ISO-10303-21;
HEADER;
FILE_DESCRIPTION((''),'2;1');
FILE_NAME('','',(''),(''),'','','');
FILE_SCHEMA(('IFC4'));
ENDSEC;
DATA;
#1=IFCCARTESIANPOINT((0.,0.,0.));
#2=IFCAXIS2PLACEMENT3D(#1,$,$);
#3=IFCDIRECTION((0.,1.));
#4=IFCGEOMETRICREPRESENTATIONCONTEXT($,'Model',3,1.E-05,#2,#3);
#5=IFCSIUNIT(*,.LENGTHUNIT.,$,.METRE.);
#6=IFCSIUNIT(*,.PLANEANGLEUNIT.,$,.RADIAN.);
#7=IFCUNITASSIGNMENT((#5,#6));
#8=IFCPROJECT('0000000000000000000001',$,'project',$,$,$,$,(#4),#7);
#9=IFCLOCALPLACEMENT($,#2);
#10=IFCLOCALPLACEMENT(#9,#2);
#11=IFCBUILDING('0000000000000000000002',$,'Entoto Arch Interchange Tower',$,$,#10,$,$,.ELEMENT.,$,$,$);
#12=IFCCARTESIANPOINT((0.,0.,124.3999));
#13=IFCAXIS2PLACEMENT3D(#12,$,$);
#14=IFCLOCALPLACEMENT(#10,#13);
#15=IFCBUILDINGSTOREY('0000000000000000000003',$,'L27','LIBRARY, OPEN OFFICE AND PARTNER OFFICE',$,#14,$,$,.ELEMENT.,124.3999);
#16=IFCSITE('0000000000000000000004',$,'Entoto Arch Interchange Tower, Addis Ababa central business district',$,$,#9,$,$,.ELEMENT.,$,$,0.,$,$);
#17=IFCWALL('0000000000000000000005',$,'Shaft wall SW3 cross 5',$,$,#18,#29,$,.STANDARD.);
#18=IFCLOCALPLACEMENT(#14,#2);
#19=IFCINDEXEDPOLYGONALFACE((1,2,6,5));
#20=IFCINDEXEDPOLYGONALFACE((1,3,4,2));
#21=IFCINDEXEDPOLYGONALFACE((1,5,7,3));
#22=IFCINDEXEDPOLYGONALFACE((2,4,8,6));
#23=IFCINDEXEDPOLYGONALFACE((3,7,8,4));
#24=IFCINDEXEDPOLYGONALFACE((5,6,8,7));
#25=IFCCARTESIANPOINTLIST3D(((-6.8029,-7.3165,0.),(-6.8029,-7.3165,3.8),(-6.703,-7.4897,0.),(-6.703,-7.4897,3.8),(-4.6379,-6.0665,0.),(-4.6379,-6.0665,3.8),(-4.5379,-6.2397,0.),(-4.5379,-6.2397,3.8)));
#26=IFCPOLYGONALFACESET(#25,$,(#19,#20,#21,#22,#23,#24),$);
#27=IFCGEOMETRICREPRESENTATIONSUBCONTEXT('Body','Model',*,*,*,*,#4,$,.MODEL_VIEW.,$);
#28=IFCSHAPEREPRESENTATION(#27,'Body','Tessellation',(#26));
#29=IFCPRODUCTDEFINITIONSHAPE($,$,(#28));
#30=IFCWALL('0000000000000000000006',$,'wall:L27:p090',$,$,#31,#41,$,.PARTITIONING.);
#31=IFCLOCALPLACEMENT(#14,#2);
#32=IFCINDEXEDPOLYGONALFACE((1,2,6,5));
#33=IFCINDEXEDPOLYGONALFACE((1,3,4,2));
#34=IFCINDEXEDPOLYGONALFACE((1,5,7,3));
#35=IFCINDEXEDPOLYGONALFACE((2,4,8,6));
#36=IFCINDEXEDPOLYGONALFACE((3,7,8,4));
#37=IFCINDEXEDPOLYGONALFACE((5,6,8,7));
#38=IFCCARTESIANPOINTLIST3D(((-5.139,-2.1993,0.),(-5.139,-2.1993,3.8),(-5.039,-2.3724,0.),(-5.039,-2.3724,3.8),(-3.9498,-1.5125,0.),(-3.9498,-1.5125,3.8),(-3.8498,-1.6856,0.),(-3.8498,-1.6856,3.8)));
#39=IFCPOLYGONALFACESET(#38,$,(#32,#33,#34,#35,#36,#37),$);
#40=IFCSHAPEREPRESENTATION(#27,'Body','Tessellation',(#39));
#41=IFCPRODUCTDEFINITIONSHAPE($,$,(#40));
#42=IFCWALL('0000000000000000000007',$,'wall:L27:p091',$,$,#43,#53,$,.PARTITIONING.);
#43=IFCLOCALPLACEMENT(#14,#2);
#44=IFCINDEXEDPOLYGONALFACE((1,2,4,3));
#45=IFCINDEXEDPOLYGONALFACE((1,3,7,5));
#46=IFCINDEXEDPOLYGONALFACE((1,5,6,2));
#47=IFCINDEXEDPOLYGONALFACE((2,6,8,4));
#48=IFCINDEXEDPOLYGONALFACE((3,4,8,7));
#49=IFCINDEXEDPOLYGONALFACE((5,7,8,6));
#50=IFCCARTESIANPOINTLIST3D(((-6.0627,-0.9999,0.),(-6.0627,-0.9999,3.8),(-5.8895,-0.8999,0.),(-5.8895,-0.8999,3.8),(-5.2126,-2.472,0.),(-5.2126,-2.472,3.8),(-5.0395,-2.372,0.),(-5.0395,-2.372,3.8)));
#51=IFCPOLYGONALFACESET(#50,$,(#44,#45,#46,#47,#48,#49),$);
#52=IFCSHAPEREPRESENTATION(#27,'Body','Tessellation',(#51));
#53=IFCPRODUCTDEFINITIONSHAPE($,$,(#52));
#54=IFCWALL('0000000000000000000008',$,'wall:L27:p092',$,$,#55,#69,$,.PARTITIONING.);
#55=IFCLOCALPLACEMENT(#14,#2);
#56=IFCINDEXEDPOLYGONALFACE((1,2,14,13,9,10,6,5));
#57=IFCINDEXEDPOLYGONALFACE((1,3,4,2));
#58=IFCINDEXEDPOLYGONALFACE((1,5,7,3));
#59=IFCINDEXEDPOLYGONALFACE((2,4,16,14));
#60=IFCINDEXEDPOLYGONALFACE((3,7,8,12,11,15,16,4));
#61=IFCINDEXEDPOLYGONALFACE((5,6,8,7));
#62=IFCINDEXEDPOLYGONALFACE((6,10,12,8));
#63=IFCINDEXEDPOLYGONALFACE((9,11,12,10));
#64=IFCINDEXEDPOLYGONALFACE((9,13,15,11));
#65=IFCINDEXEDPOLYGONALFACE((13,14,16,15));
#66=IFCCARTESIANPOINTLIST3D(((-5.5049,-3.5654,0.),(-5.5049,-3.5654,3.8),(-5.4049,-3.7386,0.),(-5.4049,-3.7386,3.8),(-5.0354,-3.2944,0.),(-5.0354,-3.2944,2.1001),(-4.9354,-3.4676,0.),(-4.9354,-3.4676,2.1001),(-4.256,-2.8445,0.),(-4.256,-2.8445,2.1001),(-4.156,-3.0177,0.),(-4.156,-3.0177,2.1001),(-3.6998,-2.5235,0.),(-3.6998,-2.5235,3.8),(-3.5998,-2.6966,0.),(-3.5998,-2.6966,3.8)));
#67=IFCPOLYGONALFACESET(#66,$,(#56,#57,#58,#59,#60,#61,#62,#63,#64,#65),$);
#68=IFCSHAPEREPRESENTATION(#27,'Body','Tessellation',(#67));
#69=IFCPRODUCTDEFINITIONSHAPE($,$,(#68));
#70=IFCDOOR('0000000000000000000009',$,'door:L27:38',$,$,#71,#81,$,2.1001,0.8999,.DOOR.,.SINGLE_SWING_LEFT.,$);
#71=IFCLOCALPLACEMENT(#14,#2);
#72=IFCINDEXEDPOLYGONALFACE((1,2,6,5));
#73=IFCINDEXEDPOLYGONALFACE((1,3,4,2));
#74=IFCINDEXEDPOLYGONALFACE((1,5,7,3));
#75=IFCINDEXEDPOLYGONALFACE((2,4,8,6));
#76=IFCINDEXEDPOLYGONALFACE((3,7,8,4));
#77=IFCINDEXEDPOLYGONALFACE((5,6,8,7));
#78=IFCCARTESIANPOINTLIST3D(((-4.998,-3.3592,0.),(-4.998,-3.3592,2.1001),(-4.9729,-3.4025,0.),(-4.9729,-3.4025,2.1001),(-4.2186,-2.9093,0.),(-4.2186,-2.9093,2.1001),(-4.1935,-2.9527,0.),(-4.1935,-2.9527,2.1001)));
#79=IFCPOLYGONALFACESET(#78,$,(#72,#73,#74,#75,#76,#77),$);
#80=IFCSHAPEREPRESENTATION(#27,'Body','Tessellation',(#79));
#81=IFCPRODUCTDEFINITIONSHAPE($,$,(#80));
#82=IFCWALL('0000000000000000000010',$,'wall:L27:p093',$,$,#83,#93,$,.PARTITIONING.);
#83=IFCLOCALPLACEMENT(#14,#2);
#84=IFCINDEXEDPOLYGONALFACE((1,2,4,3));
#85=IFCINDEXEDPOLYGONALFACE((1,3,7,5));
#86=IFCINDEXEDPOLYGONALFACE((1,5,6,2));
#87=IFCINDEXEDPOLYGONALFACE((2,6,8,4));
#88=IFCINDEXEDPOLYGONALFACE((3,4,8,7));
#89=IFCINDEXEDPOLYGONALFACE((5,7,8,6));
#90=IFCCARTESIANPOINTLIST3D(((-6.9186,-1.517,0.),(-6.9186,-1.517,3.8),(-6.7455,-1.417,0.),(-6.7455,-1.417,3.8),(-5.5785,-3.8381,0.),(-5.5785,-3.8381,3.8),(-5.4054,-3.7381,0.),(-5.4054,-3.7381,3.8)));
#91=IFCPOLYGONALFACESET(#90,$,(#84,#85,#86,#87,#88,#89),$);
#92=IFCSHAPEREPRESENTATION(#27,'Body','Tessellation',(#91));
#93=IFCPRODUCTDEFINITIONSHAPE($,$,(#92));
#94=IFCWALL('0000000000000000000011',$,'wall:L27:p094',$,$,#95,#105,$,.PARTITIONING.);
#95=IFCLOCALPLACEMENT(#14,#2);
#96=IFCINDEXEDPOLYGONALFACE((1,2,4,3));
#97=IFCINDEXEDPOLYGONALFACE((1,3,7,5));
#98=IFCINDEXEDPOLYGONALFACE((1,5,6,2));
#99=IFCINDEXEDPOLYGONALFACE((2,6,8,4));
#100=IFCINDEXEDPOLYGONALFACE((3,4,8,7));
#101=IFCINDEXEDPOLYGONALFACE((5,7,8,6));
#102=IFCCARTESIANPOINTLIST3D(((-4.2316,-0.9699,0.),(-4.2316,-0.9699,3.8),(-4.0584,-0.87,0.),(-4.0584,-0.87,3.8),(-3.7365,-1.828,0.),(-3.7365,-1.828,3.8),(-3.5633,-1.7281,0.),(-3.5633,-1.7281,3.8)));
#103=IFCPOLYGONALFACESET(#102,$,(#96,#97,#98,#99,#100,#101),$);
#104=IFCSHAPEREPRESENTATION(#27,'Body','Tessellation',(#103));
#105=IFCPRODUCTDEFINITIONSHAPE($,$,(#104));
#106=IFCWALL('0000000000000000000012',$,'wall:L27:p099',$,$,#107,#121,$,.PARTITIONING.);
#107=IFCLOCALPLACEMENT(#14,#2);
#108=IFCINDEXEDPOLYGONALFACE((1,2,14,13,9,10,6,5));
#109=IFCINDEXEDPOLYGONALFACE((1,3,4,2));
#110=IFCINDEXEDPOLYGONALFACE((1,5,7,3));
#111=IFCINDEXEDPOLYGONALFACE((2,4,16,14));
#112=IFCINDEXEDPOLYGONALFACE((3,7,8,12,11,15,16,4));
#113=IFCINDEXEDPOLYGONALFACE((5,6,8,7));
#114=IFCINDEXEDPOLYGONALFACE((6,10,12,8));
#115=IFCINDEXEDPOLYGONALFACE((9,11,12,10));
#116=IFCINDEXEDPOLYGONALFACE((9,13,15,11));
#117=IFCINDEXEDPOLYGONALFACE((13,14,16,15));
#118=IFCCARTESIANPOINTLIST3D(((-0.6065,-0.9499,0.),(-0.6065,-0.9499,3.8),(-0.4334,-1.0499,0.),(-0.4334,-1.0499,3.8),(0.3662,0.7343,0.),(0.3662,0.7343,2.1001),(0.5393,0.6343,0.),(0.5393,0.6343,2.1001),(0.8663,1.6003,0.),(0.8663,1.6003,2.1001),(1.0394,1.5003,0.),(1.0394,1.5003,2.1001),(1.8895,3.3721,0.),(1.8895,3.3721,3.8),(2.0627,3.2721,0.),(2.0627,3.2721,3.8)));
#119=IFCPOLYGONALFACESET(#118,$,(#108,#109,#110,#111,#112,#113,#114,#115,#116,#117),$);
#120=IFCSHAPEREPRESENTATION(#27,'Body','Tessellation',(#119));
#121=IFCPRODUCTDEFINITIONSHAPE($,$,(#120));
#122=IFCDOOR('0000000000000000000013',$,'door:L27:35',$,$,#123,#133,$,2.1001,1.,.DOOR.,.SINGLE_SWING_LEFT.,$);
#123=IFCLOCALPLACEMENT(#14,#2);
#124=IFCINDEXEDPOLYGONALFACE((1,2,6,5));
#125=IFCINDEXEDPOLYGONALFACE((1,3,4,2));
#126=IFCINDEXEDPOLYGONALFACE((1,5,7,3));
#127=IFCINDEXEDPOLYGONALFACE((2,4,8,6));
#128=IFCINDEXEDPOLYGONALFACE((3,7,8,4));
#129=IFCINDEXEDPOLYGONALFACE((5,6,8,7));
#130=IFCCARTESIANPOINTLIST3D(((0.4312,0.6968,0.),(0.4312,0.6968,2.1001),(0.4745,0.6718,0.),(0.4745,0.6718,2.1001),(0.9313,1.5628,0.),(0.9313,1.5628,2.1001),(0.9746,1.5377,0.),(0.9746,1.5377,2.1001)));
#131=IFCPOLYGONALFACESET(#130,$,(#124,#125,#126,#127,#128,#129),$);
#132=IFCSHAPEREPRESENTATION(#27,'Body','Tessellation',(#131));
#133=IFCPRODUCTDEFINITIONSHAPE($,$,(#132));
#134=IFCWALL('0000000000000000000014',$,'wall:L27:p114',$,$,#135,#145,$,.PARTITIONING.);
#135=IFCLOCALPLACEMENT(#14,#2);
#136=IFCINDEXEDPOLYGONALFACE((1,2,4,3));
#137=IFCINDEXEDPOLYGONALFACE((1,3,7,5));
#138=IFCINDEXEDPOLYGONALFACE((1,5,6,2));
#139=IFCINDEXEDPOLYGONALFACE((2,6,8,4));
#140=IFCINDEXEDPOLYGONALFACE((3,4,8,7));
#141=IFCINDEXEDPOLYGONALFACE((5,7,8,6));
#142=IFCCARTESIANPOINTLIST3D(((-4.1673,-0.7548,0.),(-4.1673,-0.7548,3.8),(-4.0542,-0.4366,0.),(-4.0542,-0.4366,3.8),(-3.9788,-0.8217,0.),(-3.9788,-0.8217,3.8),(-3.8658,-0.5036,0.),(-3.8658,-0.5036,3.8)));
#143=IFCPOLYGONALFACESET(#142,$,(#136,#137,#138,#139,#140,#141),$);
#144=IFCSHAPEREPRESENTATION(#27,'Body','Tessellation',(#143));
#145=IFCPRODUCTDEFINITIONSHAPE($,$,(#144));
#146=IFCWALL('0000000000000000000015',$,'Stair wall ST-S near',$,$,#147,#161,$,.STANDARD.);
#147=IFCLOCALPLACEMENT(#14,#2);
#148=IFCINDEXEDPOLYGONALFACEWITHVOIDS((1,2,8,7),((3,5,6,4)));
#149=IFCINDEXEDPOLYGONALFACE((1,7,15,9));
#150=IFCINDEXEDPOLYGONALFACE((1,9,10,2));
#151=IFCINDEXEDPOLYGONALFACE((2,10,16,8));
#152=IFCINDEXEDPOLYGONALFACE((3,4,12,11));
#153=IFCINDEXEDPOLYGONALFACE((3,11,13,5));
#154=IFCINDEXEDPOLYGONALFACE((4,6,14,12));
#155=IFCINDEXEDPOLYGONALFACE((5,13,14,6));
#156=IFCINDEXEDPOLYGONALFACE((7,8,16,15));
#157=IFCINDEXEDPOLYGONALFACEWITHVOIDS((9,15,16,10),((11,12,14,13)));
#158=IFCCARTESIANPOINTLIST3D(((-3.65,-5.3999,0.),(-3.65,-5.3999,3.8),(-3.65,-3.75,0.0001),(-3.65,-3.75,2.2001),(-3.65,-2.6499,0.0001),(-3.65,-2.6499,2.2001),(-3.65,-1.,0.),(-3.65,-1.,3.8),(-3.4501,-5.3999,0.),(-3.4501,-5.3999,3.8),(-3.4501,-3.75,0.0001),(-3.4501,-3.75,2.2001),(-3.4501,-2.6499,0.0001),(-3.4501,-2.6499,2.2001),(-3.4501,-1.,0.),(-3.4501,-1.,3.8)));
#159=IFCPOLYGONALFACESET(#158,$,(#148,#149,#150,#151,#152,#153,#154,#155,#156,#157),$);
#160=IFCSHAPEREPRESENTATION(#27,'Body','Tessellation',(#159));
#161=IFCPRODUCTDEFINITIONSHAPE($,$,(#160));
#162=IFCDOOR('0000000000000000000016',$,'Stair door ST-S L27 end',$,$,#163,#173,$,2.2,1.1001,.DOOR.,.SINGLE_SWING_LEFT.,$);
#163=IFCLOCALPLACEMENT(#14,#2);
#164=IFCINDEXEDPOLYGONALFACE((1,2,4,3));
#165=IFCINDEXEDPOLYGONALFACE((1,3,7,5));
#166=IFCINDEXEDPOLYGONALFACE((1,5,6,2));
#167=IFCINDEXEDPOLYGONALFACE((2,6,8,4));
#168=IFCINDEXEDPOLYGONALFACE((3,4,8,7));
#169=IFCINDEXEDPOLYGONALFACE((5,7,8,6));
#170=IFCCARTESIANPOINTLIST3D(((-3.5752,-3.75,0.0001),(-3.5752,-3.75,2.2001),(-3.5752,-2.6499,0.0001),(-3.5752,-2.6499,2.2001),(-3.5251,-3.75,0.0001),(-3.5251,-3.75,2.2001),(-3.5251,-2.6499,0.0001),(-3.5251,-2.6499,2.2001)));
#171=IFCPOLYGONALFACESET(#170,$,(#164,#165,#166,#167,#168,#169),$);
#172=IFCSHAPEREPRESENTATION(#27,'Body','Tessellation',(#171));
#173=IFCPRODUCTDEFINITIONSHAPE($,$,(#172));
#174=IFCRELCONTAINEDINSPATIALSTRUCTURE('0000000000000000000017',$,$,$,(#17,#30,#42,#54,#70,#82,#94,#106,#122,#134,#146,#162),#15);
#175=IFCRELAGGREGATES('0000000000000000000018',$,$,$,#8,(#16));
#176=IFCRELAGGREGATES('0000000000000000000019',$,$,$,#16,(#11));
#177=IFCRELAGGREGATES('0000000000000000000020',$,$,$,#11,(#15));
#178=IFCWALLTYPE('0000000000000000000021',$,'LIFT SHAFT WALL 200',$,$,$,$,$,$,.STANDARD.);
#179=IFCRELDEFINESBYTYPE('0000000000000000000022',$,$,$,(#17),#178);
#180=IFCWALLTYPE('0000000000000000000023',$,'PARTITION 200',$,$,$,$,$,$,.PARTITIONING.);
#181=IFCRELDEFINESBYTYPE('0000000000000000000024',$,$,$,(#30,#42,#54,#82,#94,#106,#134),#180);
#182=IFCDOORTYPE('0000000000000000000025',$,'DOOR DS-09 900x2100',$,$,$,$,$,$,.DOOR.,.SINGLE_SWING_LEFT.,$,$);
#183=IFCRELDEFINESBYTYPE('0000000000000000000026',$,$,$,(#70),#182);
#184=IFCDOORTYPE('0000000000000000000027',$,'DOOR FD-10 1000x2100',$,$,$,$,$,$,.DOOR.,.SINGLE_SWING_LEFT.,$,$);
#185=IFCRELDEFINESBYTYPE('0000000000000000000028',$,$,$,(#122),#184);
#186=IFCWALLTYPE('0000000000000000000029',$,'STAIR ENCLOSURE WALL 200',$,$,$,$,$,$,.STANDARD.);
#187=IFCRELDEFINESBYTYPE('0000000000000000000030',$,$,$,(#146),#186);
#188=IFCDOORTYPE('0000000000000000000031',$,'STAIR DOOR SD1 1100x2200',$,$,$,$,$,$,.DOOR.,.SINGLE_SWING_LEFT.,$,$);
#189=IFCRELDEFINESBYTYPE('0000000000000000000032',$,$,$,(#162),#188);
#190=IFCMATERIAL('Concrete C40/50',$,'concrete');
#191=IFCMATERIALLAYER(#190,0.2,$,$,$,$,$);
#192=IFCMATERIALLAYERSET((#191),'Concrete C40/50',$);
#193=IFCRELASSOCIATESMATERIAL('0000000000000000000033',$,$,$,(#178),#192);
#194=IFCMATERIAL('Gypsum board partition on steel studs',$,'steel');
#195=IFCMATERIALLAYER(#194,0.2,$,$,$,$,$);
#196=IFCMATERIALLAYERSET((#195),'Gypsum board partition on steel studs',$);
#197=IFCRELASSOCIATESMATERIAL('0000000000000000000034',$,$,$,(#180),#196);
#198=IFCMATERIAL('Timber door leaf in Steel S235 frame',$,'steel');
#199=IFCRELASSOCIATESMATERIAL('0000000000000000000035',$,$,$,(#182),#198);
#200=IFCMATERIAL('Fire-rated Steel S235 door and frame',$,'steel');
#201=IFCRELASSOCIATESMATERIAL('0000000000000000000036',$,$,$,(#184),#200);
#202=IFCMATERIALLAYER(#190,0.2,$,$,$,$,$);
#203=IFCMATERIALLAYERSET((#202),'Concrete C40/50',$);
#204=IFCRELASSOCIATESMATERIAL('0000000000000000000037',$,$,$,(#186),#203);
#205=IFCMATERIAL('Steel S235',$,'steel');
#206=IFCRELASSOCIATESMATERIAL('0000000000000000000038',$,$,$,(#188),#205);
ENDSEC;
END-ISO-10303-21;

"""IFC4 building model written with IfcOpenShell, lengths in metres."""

from ifc_helpers import new_model, si_unit, direction, frame, frame_2d, origin, place, context, subcontext, project, spatial, rectangle, extrude, material, layer, layer_set, type_object, element, fill, save


model = new_model("IFC4")

# Units and contexts
model_context = context("Model", 3, precision=1e-05, world=origin(), true_north=direction((0.0, 1.0)))
body_context = subcontext(model_context, "Body", "Model", "MODEL_VIEW")
ifc_project = project(units=[si_unit("LENGTHUNIT", "METRE"), si_unit("PLANEANGLEUNIT", "RADIAN")], contexts=[model_context])

# Site, building, storey
site_placement = place(None, origin())
site = spatial("IfcSite", under=ifc_project, at=site_placement, Name="Entoto Arch Interchange Tower, Addis Ababa central business district", CompositionType="ELEMENT", RefElevation=0.0)
building_placement = place(site_placement, origin())
building = spatial("IfcBuilding", under=site, at=building_placement, Name="Entoto Arch Interchange Tower", CompositionType="ELEMENT")
storey_placement = place(building_placement, frame((0.0, 0.0, 124.3999)))
storey = spatial("IfcBuildingStorey", under=building, at=storey_placement, Name="L27", Description="LIBRARY, OPEN OFFICE AND PARTNER OFFICE", CompositionType="ELEMENT", Elevation=124.3999)

# Walls
ifc_material_1 = material(Name="Concrete C40/50", Category="concrete")
ifc_layer_1 = layer(ifc_material_1, 0.2)
ifc_layer_set_1 = layer_set([ifc_layer_1], Name="Concrete C40/50")
wall_type_1 = type_object("IfcWallType", Name="LIFT SHAFT WALL 200", PredefinedType="STANDARD", material=ifc_layer_set_1)
for number, where, z_axis, x_axis, name in (
    (1, (-4.5879, -6.1531, 0.0), (0.0, 0.0, 1.0), (-0.866023, -0.500004, 0.0), "Shaft wall SW3 cross 5"),
):
    element("IfcWall", number, at=place(storey_placement, frame(where, z_axis=z_axis, x_axis=x_axis)), inside=storey, type_object=wall_type_1, Name=name, PredefinedType="STANDARD", context=body_context, shape_type="SweptSolid", body=[
        extrude(rectangle(XDim=2.5, YDim=0.2, at=frame_2d((1.25, 0.0))), origin(), (0.0, 0.0, 1.0), 3.8),
    ])
ifc_material_2 = material(Name="Gypsum board partition on steel studs", Category="steel")
ifc_layer_2 = layer(ifc_material_2, 0.2)
ifc_layer_set_2 = layer_set([ifc_layer_2], Name="Gypsum board partition on steel studs")
wall_type_2 = type_object("IfcWallType", Name="PARTITION 200", PredefinedType="PARTITIONING", material=ifc_layer_set_2)
wall_1_placement = place(storey_placement, frame((-3.8999, -1.5991, 0.0), z_axis=(0.0, 0.0, 1.0), x_axis=(-0.865969, -0.500097, 0.0)))
element("IfcWall", 2, at=wall_1_placement, inside=storey, type_object=wall_type_2, Name="wall:L27:p090", PredefinedType="PARTITIONING", context=body_context, shape_type="SweptSolid", body=[
    extrude(rectangle(XDim=1.3733, YDim=0.2, at=frame_2d((0.6865, 0.0))), origin(), (0.0, 0.0, 1.0), 3.8),
])
wall_2_placement = place(storey_placement, frame((-5.126, -2.4221, 0.0), z_axis=(0.0, 0.0, 1.0), x_axis=(-0.500062, 0.865989, 0.0)))
element("IfcWall", 3, at=wall_2_placement, inside=storey, type_object=wall_type_2, Name="wall:L27:p091", PredefinedType="PARTITIONING", context=body_context, shape_type="SweptSolid", body=[
    extrude(rectangle(XDim=1.7, YDim=0.2, at=frame_2d((0.8501, 0.0))), origin(), (0.0, 0.0, 1.0), 3.8),
])

# Wall, opening, door
wall_3_placement = place(storey_placement, frame((-3.6499, -2.6101, 0.0), z_axis=(0.0, 0.0, 1.0), x_axis=(-0.866072, -0.499918, 0.0)))
wall_3 = element("IfcWall", 4, at=wall_3_placement, inside=storey, type_object=wall_type_2, Name="wall:L27:p092", PredefinedType="PARTITIONING", context=body_context, shape_type="SweptSolid", body=[
    extrude(rectangle(XDim=2.0842, YDim=0.2, at=frame_2d((1.042, 0.0))), origin(), (0.0, 0.0, 1.0), 3.8),
])
opening_1_placement = place(wall_3_placement, frame((0.6421, 0.0, 0.0)))
opening_1 = element("IfcOpeningElement", 5, at=opening_1_placement, cuts=wall_3, PredefinedType="OPENING", context=body_context, shape_type="SweptSolid", body=[
    extrude(rectangle(XDim=0.8999, YDim=2.1001, at=frame_2d((0.45, 1.05))), frame((0.0, 0.1099, 0.0), z_axis=(0.0, -1.0, 0.0), x_axis=(1.0, 0.0, 0.0)), (0.0, 0.0, 1.0), 0.22),
])
ifc_material_3 = material(Name="Timber door leaf in Steel S235 frame", Category="steel")
door_type_1 = type_object("IfcDoorType", Name="DOOR DS-09 900x2100", OperationType="SINGLE_SWING_LEFT", PredefinedType="DOOR", material=ifc_material_3)
door_1_placement = place(opening_1_placement, origin())
door_1 = element("IfcDoor", 6, at=door_1_placement, inside=storey, type_object=door_type_1, Name="door:L27:38", OperationType="SINGLE_SWING_LEFT", OverallHeight=2.1001, OverallWidth=0.8999, PredefinedType="DOOR", context=body_context, shape_type="SweptSolid", body=[
    extrude(rectangle(XDim=0.8999, YDim=2.1001, at=frame_2d((0.45, 1.05))), frame((0.0, 0.0249, 0.0), z_axis=(0.0, -1.0, 0.0), x_axis=(1.0, 0.0, 0.0)), (0.0, 0.0, 1.0), 0.05),
])
fill(opening_1, door_1)

# Walls
wall_4_placement = place(storey_placement, frame((-5.4919, -3.7881, 0.0), z_axis=(0.0, 0.0, 1.0), x_axis=(-0.500009, 0.86602, 0.0)))
element("IfcWall", 7, at=wall_4_placement, inside=storey, type_object=wall_type_2, Name="wall:L27:p093", PredefinedType="PARTITIONING", context=body_context, shape_type="SweptSolid", body=[
    extrude(rectangle(XDim=2.6802, YDim=0.2, at=frame_2d((1.3401, 0.0))), origin(), (0.0, 0.0, 1.0), 3.8),
])
wall_5_placement = place(storey_placement, frame((-4.145, -0.9199, 0.0), z_axis=(0.0, 0.0, 1.0), x_axis=(0.499744, -0.866173, 0.0)))
element("IfcWall", 8, at=wall_5_placement, inside=storey, type_object=wall_type_2, Name="wall:L27:p094", PredefinedType="PARTITIONING", context=body_context, shape_type="SweptSolid", body=[
    extrude(rectangle(XDim=0.9907, YDim=0.2, at=frame_2d((0.4954, 0.0))), origin(), (0.0, 0.0, 1.0), 3.8),
])

# Wall, opening, door
wall_6_placement = place(storey_placement, frame((-0.52, -1.0, 0.0), z_axis=(0.0, 0.0, 1.0), x_axis=(0.500116, 0.865958, 0.0)))
wall_6 = element("IfcWall", 9, at=wall_6_placement, inside=storey, type_object=wall_type_2, Name="wall:L27:p099", PredefinedType="PARTITIONING", context=body_context, shape_type="SweptSolid", body=[
    extrude(rectangle(XDim=4.991, YDim=0.2, at=frame_2d((2.4956, 0.0))), origin(), (0.0, 0.0, 1.0), 3.8),
])
opening_2_placement = place(wall_6_placement, frame((1.9451, 0.0, 0.0)))
opening_2 = element("IfcOpeningElement", 10, at=opening_2_placement, cuts=wall_6, PredefinedType="OPENING", context=body_context, shape_type="SweptSolid", body=[
    extrude(rectangle(XDim=1.0, YDim=2.1001, at=frame_2d((0.5, 1.05))), frame((0.0, 0.1099, 0.0), z_axis=(0.0, -1.0, 0.0), x_axis=(1.0, 0.0, 0.0)), (0.0, 0.0, 1.0), 0.22),
])
ifc_material_4 = material(Name="Fire-rated Steel S235 door and frame", Category="steel")
door_type_2 = type_object("IfcDoorType", Name="DOOR FD-10 1000x2100", OperationType="SINGLE_SWING_LEFT", PredefinedType="DOOR", material=ifc_material_4)
door_2_placement = place(opening_2_placement, origin())
door_2 = element("IfcDoor", 11, at=door_2_placement, inside=storey, type_object=door_type_2, Name="door:L27:35", OperationType="SINGLE_SWING_LEFT", OverallHeight=2.1001, OverallWidth=1.0, PredefinedType="DOOR", context=body_context, shape_type="SweptSolid", body=[
    extrude(rectangle(XDim=1.0, YDim=2.1001, at=frame_2d((0.5, 1.05))), frame((0.0, 0.0249, 0.0), z_axis=(0.0, -1.0, 0.0), x_axis=(1.0, 0.0, 0.0)), (0.0, 0.0, 1.0), 0.05),
])
fill(opening_2, door_2)

# Wall
wall_7_placement = place(storey_placement, frame((-3.96, -0.47, 0.0), z_axis=(0.0, 0.0, 1.0), x_axis=(-0.334824, -0.942281, 0.0)))
element("IfcWall", 12, at=wall_7_placement, inside=storey, type_object=wall_type_2, Name="wall:L27:p114", PredefinedType="PARTITIONING", context=body_context, shape_type="SweptSolid", body=[
    extrude(rectangle(XDim=0.3376, YDim=0.2, at=frame_2d((0.1689, 0.0))), origin(), (0.0, 0.0, 1.0), 3.8),
])

# Wall, opening, door
ifc_layer_3 = layer(ifc_material_1, 0.2)
ifc_layer_set_3 = layer_set([ifc_layer_3], Name="Concrete C40/50")
wall_type_3 = type_object("IfcWallType", Name="STAIR ENCLOSURE WALL 200", PredefinedType="STANDARD", material=ifc_layer_set_3)
wall_8_placement = place(storey_placement, frame((-3.55, -1.0, 0.0), z_axis=(0.0, 0.0, 1.0), x_axis=(0.0, -1.0, 0.0)))
wall_8 = element("IfcWall", 13, at=wall_8_placement, inside=storey, type_object=wall_type_3, Name="Stair wall ST-S near", PredefinedType="STANDARD", context=body_context, shape_type="SweptSolid", body=[
    extrude(rectangle(XDim=4.3999, YDim=0.2, at=frame_2d((2.2, 0.0))), origin(), (0.0, 0.0, 1.0), 3.8),
])
opening_3_placement = place(wall_8_placement, frame((1.6499, 0.0, 0.0)))
opening_3 = element("IfcOpeningElement", 14, at=opening_3_placement, cuts=wall_8, PredefinedType="OPENING", context=body_context, shape_type="SweptSolid", body=[
    extrude(rectangle(XDim=1.1001, YDim=2.2, at=frame_2d((0.55, 1.1001))), frame((0.0, 0.1099, 0.0), z_axis=(0.0, -1.0, 0.0), x_axis=(1.0, 0.0, 0.0)), (0.0, 0.0, 1.0), 0.22),
])
ifc_material_5 = material(Name="Steel S235", Category="steel")
door_type_3 = type_object("IfcDoorType", Name="STAIR DOOR SD1 1100x2200", OperationType="SINGLE_SWING_LEFT", PredefinedType="DOOR", material=ifc_material_5)
door_3_placement = place(opening_3_placement, origin())
door_3 = element("IfcDoor", 15, at=door_3_placement, inside=storey, type_object=door_type_3, Name="Stair door ST-S L27 end", OperationType="SINGLE_SWING_LEFT", OverallHeight=2.2, OverallWidth=1.1001, PredefinedType="DOOR", context=body_context, shape_type="SweptSolid", body=[
    extrude(rectangle(XDim=1.1001, YDim=2.2, at=frame_2d((0.55, 1.1001))), frame((0.0, 0.0249, 0.0), z_axis=(0.0, -1.0, 0.0), x_axis=(1.0, 0.0, 0.0)), (0.0, 0.0, 1.0), 0.05),
])
fill(opening_3, door_3)

save(model, "model.ifc")
